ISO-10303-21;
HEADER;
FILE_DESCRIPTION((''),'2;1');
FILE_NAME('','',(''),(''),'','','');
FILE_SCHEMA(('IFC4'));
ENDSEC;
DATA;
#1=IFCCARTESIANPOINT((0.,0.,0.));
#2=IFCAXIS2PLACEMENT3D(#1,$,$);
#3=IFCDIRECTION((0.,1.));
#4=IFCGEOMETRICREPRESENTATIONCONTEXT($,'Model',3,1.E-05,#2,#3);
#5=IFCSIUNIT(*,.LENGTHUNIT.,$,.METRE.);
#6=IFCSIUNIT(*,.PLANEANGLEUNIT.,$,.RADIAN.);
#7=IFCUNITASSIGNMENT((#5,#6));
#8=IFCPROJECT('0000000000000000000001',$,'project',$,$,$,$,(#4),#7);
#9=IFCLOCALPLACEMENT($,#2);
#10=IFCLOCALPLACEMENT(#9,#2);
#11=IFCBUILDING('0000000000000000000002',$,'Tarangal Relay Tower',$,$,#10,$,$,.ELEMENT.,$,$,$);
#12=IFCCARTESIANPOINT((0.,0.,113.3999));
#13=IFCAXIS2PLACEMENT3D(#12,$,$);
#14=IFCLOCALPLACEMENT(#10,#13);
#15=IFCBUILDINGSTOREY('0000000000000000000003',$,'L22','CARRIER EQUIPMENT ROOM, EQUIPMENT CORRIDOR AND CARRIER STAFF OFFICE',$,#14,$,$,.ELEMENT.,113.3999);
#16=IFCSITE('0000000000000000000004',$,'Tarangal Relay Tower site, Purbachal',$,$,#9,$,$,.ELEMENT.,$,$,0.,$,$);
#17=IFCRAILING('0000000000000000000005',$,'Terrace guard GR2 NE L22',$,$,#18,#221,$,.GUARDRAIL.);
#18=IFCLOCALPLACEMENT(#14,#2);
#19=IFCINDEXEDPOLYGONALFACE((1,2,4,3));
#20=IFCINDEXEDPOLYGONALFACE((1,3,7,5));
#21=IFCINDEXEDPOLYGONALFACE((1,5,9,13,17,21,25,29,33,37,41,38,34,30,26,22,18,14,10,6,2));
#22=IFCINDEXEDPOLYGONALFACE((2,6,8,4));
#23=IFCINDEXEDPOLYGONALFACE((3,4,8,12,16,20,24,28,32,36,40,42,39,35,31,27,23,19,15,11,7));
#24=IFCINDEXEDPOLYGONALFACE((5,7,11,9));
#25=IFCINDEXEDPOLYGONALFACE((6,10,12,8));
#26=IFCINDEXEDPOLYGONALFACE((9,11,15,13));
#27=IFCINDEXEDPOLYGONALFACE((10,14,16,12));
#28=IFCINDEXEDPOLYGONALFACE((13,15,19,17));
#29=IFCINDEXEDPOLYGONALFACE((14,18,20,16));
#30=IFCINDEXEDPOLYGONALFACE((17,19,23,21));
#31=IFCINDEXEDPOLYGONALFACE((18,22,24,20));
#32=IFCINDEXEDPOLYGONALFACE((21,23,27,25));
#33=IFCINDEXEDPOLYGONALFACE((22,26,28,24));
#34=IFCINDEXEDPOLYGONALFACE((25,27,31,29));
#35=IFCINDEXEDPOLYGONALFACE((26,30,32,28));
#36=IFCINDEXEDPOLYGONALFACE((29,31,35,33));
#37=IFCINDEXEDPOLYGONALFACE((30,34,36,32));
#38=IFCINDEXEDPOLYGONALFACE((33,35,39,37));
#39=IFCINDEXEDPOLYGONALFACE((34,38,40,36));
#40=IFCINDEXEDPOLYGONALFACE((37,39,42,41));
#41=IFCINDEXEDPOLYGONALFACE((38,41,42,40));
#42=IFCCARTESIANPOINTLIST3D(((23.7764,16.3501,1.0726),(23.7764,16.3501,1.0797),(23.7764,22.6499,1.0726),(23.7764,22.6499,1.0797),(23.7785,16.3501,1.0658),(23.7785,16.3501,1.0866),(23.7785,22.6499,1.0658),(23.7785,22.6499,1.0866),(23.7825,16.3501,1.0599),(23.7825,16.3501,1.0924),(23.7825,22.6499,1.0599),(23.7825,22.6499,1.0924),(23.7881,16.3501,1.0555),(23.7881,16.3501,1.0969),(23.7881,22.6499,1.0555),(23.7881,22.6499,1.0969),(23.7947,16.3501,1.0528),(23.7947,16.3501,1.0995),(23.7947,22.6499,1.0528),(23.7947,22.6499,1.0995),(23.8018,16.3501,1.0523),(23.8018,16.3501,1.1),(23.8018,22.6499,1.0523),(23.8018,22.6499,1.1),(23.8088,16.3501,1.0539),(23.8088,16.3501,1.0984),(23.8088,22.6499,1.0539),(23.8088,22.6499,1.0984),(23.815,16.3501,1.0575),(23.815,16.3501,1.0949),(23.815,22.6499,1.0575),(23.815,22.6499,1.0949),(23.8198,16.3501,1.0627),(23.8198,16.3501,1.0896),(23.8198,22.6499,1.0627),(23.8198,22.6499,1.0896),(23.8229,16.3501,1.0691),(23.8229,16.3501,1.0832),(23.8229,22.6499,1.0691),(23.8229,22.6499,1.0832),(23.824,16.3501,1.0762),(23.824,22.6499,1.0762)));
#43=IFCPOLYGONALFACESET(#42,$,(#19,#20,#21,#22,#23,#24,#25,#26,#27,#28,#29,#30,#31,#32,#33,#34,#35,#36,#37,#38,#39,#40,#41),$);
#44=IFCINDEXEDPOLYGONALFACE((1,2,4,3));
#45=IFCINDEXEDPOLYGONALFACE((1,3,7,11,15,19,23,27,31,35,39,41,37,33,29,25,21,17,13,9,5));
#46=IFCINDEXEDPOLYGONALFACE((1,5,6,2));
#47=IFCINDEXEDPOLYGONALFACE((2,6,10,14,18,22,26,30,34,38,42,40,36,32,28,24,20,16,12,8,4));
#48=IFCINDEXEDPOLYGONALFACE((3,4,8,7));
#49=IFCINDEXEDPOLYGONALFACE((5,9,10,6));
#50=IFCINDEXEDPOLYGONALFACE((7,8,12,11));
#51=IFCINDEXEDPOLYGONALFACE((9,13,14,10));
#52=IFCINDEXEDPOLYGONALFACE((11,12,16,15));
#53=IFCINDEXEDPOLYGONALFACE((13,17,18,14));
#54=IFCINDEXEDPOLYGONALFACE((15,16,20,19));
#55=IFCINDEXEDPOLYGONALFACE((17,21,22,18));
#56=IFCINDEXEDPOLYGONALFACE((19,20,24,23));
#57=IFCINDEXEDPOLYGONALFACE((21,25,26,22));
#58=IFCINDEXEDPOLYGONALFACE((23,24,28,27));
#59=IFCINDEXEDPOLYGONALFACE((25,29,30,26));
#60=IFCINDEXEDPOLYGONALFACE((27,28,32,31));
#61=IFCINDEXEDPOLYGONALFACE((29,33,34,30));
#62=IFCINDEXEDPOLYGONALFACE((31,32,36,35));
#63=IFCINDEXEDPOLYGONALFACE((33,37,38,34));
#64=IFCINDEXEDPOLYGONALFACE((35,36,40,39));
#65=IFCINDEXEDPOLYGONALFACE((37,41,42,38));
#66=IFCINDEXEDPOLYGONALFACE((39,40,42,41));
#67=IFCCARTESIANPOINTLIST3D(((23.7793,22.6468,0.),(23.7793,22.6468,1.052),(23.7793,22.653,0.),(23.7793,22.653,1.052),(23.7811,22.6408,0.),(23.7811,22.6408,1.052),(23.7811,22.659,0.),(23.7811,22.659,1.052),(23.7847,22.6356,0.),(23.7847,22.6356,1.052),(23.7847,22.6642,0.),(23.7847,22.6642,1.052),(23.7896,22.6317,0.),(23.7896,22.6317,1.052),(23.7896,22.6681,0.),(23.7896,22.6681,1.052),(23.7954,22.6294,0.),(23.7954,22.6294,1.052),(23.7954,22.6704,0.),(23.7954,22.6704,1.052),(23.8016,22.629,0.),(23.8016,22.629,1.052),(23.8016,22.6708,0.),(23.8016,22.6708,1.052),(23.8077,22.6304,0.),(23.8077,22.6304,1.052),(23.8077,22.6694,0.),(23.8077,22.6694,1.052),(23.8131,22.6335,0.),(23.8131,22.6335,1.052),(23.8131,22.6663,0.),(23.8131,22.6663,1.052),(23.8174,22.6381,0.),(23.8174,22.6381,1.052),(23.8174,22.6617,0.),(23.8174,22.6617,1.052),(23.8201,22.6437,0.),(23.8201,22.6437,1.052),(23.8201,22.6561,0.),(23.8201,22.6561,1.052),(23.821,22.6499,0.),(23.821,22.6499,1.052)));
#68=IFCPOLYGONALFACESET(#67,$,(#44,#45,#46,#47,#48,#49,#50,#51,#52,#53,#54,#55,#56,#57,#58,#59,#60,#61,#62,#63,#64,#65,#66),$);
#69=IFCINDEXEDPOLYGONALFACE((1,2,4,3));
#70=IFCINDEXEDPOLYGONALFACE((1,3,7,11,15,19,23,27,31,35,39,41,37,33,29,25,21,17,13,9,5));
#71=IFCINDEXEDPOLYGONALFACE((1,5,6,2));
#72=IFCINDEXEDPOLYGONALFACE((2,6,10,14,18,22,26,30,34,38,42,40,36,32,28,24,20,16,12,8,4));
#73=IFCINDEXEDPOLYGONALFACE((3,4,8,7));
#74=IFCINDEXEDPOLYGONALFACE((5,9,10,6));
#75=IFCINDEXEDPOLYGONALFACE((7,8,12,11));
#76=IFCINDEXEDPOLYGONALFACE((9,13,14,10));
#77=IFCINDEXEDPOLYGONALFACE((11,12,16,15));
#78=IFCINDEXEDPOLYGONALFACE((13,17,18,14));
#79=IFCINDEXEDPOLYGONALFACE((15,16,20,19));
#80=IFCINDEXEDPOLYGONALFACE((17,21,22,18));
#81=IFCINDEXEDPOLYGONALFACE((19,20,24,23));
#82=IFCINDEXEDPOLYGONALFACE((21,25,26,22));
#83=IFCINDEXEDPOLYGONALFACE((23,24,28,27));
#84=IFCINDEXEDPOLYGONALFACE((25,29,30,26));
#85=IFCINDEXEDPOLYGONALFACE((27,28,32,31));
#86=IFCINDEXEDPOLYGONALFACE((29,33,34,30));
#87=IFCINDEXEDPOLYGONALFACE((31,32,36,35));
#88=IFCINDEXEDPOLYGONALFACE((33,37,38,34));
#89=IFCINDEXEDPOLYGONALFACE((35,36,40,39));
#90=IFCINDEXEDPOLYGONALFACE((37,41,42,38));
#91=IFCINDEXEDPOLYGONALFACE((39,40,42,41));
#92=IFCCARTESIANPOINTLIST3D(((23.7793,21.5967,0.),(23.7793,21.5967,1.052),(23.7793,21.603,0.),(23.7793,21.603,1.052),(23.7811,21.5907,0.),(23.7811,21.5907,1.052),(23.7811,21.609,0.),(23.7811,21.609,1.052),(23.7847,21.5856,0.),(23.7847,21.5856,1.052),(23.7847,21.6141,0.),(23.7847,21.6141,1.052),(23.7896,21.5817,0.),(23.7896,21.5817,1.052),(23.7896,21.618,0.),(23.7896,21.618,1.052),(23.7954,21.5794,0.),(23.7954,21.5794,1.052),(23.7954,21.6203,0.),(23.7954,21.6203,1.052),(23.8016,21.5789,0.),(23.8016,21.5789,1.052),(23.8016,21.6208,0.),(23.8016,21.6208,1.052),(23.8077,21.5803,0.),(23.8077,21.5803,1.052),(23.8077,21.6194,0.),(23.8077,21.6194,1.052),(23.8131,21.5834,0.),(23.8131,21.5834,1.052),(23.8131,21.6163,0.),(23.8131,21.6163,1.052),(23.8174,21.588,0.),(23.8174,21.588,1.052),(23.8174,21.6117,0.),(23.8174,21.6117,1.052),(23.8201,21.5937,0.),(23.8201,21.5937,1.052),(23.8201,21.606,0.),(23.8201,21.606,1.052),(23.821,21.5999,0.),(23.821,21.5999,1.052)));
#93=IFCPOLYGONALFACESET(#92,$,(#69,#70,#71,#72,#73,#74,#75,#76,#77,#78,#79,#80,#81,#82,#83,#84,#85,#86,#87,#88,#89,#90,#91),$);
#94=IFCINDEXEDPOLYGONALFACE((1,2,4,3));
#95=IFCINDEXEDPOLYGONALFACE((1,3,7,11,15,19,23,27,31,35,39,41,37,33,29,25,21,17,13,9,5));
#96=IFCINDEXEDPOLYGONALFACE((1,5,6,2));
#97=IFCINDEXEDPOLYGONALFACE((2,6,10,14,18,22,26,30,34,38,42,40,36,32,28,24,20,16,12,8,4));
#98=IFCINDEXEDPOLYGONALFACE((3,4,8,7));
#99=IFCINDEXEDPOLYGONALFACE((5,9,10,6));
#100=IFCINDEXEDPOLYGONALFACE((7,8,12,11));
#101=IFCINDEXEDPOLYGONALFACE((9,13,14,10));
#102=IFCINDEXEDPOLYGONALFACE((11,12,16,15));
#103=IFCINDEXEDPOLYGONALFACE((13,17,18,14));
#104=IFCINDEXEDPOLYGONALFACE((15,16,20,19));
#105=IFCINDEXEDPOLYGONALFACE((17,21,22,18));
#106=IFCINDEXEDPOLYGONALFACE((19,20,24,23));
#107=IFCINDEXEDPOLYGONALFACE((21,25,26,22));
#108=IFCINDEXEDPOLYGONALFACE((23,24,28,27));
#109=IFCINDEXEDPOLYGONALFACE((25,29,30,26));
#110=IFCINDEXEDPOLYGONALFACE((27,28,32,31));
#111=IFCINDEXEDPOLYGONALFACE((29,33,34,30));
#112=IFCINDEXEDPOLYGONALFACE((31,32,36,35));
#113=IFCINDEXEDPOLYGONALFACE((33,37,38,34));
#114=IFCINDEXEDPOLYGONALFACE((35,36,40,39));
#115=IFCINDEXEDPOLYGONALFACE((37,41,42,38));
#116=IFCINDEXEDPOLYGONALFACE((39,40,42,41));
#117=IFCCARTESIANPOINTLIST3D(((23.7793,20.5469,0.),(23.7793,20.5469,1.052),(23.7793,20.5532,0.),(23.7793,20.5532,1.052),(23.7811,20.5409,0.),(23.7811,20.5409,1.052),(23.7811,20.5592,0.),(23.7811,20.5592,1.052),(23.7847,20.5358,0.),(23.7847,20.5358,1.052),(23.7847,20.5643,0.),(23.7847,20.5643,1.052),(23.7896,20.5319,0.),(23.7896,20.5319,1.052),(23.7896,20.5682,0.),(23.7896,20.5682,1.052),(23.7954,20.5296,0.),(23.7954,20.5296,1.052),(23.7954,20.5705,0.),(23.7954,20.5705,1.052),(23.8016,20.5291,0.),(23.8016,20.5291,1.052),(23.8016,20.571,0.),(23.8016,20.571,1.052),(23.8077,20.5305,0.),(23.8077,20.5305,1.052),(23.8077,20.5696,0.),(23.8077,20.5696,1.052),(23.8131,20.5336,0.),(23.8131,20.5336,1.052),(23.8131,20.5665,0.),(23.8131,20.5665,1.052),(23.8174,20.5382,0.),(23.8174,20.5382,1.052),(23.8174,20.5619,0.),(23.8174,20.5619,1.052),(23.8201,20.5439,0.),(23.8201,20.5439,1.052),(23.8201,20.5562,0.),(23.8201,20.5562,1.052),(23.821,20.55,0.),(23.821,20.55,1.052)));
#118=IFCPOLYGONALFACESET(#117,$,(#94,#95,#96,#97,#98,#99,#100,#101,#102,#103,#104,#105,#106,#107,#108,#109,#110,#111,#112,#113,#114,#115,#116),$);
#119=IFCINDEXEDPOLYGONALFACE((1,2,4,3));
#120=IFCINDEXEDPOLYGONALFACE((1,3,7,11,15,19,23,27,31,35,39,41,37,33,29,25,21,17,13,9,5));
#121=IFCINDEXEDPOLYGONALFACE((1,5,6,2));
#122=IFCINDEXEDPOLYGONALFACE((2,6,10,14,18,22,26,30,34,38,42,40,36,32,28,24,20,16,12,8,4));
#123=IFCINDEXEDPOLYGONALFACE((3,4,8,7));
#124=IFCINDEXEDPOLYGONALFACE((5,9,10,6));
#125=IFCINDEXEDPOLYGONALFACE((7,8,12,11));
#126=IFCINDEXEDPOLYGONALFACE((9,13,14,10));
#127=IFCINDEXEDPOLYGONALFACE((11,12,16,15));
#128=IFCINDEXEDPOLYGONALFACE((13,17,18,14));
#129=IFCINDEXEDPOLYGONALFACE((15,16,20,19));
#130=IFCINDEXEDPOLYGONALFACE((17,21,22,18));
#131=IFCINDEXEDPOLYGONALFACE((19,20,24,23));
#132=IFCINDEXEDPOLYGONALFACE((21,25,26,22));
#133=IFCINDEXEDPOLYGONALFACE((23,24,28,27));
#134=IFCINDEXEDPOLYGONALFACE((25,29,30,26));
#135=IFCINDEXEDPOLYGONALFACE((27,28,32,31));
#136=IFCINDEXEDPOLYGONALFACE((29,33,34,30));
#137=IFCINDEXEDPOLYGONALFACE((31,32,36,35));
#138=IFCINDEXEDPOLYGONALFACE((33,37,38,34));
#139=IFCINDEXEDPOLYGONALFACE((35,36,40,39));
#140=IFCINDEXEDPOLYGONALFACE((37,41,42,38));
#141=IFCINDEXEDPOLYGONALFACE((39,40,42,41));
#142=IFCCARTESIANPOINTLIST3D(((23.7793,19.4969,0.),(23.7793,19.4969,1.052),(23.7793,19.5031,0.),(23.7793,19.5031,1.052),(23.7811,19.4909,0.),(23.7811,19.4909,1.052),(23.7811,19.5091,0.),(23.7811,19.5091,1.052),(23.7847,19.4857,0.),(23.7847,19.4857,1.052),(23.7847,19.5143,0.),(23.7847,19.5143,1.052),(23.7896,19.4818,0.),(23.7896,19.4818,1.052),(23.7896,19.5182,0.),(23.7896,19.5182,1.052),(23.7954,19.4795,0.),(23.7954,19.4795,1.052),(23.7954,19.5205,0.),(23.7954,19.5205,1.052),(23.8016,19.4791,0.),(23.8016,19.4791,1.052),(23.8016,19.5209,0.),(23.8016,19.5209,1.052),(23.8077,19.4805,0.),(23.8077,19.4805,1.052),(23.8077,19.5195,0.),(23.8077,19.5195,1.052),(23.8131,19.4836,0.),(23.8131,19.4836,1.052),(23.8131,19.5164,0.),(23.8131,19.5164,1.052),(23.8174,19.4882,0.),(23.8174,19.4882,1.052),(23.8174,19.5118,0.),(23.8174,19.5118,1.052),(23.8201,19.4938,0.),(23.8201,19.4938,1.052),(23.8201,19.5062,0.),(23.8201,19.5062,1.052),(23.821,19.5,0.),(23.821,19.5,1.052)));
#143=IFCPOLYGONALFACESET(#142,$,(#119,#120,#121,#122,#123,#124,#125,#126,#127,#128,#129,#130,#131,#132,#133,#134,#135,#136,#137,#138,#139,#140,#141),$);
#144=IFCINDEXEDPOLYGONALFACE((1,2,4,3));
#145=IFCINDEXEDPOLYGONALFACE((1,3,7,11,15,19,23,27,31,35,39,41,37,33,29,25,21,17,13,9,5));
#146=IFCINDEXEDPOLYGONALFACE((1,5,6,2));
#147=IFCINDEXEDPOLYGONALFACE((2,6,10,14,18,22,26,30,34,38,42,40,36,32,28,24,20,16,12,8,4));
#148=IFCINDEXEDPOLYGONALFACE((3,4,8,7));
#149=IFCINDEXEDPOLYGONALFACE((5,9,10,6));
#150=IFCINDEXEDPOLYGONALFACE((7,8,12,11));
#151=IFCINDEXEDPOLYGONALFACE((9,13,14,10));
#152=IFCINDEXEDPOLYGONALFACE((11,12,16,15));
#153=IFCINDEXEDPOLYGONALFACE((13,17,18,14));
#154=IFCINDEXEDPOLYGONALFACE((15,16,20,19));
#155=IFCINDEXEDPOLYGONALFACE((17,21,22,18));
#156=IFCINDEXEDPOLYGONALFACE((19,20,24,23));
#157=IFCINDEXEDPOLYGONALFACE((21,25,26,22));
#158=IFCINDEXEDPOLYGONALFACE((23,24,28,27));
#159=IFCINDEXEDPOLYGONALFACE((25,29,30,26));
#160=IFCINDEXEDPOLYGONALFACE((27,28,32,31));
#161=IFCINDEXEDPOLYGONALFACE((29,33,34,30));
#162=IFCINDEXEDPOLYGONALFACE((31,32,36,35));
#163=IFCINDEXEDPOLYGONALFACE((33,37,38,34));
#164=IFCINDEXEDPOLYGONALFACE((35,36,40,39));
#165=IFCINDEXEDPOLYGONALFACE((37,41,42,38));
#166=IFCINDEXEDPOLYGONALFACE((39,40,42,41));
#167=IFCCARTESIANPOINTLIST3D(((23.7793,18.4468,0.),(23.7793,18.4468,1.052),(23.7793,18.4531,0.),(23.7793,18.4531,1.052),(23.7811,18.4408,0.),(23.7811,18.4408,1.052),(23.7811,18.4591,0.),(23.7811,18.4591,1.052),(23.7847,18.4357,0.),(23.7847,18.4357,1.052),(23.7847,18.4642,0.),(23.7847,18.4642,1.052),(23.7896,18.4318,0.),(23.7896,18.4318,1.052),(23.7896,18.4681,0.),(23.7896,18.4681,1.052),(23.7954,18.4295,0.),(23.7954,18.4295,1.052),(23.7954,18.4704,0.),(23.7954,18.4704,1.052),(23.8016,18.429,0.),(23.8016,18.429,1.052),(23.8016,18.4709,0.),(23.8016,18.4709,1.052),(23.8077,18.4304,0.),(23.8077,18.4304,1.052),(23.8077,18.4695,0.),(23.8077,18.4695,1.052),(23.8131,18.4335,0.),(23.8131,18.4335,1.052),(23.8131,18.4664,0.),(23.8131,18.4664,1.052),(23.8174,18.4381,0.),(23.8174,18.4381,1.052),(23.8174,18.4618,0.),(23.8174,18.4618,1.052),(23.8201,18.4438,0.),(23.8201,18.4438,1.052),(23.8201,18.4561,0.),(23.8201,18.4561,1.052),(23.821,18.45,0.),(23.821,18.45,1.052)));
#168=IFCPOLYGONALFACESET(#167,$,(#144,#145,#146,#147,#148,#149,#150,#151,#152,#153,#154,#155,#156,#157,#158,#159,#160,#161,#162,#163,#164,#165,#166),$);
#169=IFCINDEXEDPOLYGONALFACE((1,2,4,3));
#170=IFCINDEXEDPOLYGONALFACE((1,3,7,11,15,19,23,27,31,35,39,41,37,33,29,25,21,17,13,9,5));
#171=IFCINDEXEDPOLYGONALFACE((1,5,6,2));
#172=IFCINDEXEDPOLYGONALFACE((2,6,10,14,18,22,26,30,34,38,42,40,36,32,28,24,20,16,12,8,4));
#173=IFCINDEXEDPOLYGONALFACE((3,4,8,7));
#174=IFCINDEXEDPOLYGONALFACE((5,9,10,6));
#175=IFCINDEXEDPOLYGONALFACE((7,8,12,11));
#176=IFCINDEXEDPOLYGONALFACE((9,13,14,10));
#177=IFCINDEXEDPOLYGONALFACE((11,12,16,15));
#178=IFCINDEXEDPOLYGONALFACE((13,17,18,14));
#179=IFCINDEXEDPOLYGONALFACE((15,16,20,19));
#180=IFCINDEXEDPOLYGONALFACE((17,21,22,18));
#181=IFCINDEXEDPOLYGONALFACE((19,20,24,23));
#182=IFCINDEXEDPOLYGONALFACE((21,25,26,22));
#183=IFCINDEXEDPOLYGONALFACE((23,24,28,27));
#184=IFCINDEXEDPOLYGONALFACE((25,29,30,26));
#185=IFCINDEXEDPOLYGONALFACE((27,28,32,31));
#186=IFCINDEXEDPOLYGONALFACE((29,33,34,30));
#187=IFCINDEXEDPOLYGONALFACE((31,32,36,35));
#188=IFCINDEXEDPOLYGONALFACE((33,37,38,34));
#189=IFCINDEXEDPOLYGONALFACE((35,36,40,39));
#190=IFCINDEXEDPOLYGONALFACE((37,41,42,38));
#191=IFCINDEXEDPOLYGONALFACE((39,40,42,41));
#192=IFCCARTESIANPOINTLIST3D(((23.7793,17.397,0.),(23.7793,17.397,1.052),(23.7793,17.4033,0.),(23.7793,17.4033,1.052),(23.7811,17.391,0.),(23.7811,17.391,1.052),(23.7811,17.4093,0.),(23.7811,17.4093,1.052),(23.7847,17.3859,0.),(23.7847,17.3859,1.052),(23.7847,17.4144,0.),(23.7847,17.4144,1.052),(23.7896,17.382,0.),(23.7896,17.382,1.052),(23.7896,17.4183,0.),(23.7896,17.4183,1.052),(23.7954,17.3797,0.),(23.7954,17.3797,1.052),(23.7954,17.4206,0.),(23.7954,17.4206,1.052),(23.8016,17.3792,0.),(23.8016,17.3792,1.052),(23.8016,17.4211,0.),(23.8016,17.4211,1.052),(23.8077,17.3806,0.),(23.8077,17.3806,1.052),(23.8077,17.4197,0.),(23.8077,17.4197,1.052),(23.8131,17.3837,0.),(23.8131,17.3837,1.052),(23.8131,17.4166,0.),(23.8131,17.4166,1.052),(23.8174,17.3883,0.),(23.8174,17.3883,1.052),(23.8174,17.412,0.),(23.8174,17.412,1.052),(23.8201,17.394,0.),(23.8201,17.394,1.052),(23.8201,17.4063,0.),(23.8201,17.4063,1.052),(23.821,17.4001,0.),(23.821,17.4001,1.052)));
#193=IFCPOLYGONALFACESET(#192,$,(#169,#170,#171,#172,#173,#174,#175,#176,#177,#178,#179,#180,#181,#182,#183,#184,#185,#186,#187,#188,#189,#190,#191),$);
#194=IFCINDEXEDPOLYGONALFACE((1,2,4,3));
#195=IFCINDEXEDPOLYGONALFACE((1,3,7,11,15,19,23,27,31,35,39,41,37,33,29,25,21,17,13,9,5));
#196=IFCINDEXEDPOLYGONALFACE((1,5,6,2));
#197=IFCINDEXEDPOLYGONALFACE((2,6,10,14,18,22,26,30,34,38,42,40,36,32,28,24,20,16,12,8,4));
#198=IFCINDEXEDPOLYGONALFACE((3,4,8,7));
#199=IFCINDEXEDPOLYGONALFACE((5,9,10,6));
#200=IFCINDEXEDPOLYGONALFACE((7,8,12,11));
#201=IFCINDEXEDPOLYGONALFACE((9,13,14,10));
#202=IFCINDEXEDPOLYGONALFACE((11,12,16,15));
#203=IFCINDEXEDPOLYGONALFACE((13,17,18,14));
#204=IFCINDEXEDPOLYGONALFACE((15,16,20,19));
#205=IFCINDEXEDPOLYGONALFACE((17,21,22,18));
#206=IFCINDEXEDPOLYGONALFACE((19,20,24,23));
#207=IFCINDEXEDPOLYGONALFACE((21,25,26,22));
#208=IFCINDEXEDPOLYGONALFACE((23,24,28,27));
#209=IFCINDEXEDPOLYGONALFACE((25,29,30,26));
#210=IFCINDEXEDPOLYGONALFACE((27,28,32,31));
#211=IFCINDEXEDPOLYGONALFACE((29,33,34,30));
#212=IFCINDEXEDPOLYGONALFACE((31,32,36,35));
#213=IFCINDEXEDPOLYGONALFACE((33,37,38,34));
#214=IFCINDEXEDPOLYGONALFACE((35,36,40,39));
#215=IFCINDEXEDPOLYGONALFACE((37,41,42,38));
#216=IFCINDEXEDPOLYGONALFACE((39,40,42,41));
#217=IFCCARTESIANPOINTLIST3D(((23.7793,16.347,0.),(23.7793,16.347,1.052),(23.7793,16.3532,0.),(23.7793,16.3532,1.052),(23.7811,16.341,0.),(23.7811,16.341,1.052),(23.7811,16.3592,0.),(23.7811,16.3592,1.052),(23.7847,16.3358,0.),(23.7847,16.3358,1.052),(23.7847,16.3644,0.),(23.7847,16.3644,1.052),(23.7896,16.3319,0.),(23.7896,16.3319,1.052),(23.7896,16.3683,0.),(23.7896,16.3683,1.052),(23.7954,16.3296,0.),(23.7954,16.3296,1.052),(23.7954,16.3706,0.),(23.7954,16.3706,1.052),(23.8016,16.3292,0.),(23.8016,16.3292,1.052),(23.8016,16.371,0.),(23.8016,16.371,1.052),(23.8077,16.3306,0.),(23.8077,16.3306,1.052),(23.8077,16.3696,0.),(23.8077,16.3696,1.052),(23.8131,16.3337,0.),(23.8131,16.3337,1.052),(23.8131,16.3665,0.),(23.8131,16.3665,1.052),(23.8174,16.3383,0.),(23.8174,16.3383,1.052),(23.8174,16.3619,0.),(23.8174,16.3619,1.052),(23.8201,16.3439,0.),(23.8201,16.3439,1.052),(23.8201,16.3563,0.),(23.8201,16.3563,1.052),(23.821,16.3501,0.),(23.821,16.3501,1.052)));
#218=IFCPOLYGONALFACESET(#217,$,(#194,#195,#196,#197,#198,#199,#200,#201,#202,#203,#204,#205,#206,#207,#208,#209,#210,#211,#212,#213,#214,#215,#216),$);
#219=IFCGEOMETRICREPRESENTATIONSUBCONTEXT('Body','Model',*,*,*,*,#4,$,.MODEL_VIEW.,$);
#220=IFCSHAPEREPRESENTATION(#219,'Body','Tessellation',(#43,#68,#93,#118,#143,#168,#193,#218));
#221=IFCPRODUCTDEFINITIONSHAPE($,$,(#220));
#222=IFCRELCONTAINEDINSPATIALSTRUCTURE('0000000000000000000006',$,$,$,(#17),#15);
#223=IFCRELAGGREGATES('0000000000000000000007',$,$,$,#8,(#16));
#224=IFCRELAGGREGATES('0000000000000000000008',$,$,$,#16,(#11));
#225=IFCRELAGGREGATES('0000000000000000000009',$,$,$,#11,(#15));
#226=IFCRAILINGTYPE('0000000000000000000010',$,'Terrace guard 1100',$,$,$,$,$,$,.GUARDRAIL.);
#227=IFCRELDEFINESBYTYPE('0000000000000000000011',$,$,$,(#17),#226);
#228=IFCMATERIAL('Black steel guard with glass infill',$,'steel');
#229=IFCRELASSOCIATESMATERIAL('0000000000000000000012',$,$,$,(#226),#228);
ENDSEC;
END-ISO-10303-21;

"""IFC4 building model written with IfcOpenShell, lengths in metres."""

from ifc_helpers import new_model, si_unit, direction, frame, origin, origin_2d, place, context, subcontext, project, spatial, circle, extrude, material, type_object, element, save


model = new_model("IFC4")

# Units and contexts
model_context = context("Model", 3, precision=1e-05, world=origin(), true_north=direction((0.0, 1.0)))
body_context = subcontext(model_context, "Body", "Model", "MODEL_VIEW")
ifc_project = project(units=[si_unit("LENGTHUNIT", "METRE"), si_unit("PLANEANGLEUNIT", "RADIAN")], contexts=[model_context])

# Site, building, storey
site_placement = place(None, origin())
site = spatial("IfcSite", under=ifc_project, at=site_placement, Name="Tarangal Relay Tower site, Purbachal", CompositionType="ELEMENT", RefElevation=0.0)
building_placement = place(site_placement, origin())
building = spatial("IfcBuilding", under=site, at=building_placement, Name="Tarangal Relay Tower", CompositionType="ELEMENT")
storey_placement = place(building_placement, frame((0.0, 0.0, 113.3999)))
storey = spatial("IfcBuildingStorey", under=building, at=storey_placement, Name="L22", Description="CARRIER EQUIPMENT ROOM, EQUIPMENT CORRIDOR AND CARRIER STAFF OFFICE", CompositionType="ELEMENT", Elevation=113.3999)

# Railing
ifc_material_1 = material(Name="Black steel guard with glass infill", Category="steel")
railing_type = type_object("IfcRailingType", Name="Terrace guard 1100", PredefinedType="GUARDRAIL", material=ifc_material_1)
railing_1_placement = place(storey_placement, frame((23.8, 22.6499, 0.0)))
element("IfcRailing", 1, at=railing_1_placement, inside=storey, type_object=railing_type, Name="Terrace guard GR2 NE L22", PredefinedType="GUARDRAIL", context=body_context, shape_type="SweptSolid", body=[
    extrude(circle(Radius=0.0239, at=origin_2d()), frame((0.0, 0.0, 1.0762), z_axis=(0.0, -1.0, 0.0), x_axis=(1.0, 0.0, 0.0)), (0.0, 0.0, 1.0), 6.2998),
    extrude(circle(Radius=0.021, at=origin_2d()), origin(), (0.0, 0.0, 1.0), 1.052),
    extrude(circle(Radius=0.021, at=origin_2d()), frame((0.0, -1.05, 0.0)), (0.0, 0.0, 1.0), 1.052),
    extrude(circle(Radius=0.021, at=origin_2d()), frame((0.0, -2.0999, 0.0)), (0.0, 0.0, 1.0), 1.052),
    extrude(circle(Radius=0.021, at=origin_2d()), frame((0.0, -3.1499, 0.0)), (0.0, 0.0, 1.0), 1.052),
    extrude(circle(Radius=0.021, at=origin_2d()), frame((0.0, -4.2, 0.0)), (0.0, 0.0, 1.0), 1.052),
    extrude(circle(Radius=0.021, at=origin_2d()), frame((0.0, -5.2498, 0.0)), (0.0, 0.0, 1.0), 1.052),
    extrude(circle(Radius=0.021, at=origin_2d()), frame((0.0, -6.2998, 0.0)), (0.0, 0.0, 1.0), 1.052),
])

save(model, "model.ifc")
